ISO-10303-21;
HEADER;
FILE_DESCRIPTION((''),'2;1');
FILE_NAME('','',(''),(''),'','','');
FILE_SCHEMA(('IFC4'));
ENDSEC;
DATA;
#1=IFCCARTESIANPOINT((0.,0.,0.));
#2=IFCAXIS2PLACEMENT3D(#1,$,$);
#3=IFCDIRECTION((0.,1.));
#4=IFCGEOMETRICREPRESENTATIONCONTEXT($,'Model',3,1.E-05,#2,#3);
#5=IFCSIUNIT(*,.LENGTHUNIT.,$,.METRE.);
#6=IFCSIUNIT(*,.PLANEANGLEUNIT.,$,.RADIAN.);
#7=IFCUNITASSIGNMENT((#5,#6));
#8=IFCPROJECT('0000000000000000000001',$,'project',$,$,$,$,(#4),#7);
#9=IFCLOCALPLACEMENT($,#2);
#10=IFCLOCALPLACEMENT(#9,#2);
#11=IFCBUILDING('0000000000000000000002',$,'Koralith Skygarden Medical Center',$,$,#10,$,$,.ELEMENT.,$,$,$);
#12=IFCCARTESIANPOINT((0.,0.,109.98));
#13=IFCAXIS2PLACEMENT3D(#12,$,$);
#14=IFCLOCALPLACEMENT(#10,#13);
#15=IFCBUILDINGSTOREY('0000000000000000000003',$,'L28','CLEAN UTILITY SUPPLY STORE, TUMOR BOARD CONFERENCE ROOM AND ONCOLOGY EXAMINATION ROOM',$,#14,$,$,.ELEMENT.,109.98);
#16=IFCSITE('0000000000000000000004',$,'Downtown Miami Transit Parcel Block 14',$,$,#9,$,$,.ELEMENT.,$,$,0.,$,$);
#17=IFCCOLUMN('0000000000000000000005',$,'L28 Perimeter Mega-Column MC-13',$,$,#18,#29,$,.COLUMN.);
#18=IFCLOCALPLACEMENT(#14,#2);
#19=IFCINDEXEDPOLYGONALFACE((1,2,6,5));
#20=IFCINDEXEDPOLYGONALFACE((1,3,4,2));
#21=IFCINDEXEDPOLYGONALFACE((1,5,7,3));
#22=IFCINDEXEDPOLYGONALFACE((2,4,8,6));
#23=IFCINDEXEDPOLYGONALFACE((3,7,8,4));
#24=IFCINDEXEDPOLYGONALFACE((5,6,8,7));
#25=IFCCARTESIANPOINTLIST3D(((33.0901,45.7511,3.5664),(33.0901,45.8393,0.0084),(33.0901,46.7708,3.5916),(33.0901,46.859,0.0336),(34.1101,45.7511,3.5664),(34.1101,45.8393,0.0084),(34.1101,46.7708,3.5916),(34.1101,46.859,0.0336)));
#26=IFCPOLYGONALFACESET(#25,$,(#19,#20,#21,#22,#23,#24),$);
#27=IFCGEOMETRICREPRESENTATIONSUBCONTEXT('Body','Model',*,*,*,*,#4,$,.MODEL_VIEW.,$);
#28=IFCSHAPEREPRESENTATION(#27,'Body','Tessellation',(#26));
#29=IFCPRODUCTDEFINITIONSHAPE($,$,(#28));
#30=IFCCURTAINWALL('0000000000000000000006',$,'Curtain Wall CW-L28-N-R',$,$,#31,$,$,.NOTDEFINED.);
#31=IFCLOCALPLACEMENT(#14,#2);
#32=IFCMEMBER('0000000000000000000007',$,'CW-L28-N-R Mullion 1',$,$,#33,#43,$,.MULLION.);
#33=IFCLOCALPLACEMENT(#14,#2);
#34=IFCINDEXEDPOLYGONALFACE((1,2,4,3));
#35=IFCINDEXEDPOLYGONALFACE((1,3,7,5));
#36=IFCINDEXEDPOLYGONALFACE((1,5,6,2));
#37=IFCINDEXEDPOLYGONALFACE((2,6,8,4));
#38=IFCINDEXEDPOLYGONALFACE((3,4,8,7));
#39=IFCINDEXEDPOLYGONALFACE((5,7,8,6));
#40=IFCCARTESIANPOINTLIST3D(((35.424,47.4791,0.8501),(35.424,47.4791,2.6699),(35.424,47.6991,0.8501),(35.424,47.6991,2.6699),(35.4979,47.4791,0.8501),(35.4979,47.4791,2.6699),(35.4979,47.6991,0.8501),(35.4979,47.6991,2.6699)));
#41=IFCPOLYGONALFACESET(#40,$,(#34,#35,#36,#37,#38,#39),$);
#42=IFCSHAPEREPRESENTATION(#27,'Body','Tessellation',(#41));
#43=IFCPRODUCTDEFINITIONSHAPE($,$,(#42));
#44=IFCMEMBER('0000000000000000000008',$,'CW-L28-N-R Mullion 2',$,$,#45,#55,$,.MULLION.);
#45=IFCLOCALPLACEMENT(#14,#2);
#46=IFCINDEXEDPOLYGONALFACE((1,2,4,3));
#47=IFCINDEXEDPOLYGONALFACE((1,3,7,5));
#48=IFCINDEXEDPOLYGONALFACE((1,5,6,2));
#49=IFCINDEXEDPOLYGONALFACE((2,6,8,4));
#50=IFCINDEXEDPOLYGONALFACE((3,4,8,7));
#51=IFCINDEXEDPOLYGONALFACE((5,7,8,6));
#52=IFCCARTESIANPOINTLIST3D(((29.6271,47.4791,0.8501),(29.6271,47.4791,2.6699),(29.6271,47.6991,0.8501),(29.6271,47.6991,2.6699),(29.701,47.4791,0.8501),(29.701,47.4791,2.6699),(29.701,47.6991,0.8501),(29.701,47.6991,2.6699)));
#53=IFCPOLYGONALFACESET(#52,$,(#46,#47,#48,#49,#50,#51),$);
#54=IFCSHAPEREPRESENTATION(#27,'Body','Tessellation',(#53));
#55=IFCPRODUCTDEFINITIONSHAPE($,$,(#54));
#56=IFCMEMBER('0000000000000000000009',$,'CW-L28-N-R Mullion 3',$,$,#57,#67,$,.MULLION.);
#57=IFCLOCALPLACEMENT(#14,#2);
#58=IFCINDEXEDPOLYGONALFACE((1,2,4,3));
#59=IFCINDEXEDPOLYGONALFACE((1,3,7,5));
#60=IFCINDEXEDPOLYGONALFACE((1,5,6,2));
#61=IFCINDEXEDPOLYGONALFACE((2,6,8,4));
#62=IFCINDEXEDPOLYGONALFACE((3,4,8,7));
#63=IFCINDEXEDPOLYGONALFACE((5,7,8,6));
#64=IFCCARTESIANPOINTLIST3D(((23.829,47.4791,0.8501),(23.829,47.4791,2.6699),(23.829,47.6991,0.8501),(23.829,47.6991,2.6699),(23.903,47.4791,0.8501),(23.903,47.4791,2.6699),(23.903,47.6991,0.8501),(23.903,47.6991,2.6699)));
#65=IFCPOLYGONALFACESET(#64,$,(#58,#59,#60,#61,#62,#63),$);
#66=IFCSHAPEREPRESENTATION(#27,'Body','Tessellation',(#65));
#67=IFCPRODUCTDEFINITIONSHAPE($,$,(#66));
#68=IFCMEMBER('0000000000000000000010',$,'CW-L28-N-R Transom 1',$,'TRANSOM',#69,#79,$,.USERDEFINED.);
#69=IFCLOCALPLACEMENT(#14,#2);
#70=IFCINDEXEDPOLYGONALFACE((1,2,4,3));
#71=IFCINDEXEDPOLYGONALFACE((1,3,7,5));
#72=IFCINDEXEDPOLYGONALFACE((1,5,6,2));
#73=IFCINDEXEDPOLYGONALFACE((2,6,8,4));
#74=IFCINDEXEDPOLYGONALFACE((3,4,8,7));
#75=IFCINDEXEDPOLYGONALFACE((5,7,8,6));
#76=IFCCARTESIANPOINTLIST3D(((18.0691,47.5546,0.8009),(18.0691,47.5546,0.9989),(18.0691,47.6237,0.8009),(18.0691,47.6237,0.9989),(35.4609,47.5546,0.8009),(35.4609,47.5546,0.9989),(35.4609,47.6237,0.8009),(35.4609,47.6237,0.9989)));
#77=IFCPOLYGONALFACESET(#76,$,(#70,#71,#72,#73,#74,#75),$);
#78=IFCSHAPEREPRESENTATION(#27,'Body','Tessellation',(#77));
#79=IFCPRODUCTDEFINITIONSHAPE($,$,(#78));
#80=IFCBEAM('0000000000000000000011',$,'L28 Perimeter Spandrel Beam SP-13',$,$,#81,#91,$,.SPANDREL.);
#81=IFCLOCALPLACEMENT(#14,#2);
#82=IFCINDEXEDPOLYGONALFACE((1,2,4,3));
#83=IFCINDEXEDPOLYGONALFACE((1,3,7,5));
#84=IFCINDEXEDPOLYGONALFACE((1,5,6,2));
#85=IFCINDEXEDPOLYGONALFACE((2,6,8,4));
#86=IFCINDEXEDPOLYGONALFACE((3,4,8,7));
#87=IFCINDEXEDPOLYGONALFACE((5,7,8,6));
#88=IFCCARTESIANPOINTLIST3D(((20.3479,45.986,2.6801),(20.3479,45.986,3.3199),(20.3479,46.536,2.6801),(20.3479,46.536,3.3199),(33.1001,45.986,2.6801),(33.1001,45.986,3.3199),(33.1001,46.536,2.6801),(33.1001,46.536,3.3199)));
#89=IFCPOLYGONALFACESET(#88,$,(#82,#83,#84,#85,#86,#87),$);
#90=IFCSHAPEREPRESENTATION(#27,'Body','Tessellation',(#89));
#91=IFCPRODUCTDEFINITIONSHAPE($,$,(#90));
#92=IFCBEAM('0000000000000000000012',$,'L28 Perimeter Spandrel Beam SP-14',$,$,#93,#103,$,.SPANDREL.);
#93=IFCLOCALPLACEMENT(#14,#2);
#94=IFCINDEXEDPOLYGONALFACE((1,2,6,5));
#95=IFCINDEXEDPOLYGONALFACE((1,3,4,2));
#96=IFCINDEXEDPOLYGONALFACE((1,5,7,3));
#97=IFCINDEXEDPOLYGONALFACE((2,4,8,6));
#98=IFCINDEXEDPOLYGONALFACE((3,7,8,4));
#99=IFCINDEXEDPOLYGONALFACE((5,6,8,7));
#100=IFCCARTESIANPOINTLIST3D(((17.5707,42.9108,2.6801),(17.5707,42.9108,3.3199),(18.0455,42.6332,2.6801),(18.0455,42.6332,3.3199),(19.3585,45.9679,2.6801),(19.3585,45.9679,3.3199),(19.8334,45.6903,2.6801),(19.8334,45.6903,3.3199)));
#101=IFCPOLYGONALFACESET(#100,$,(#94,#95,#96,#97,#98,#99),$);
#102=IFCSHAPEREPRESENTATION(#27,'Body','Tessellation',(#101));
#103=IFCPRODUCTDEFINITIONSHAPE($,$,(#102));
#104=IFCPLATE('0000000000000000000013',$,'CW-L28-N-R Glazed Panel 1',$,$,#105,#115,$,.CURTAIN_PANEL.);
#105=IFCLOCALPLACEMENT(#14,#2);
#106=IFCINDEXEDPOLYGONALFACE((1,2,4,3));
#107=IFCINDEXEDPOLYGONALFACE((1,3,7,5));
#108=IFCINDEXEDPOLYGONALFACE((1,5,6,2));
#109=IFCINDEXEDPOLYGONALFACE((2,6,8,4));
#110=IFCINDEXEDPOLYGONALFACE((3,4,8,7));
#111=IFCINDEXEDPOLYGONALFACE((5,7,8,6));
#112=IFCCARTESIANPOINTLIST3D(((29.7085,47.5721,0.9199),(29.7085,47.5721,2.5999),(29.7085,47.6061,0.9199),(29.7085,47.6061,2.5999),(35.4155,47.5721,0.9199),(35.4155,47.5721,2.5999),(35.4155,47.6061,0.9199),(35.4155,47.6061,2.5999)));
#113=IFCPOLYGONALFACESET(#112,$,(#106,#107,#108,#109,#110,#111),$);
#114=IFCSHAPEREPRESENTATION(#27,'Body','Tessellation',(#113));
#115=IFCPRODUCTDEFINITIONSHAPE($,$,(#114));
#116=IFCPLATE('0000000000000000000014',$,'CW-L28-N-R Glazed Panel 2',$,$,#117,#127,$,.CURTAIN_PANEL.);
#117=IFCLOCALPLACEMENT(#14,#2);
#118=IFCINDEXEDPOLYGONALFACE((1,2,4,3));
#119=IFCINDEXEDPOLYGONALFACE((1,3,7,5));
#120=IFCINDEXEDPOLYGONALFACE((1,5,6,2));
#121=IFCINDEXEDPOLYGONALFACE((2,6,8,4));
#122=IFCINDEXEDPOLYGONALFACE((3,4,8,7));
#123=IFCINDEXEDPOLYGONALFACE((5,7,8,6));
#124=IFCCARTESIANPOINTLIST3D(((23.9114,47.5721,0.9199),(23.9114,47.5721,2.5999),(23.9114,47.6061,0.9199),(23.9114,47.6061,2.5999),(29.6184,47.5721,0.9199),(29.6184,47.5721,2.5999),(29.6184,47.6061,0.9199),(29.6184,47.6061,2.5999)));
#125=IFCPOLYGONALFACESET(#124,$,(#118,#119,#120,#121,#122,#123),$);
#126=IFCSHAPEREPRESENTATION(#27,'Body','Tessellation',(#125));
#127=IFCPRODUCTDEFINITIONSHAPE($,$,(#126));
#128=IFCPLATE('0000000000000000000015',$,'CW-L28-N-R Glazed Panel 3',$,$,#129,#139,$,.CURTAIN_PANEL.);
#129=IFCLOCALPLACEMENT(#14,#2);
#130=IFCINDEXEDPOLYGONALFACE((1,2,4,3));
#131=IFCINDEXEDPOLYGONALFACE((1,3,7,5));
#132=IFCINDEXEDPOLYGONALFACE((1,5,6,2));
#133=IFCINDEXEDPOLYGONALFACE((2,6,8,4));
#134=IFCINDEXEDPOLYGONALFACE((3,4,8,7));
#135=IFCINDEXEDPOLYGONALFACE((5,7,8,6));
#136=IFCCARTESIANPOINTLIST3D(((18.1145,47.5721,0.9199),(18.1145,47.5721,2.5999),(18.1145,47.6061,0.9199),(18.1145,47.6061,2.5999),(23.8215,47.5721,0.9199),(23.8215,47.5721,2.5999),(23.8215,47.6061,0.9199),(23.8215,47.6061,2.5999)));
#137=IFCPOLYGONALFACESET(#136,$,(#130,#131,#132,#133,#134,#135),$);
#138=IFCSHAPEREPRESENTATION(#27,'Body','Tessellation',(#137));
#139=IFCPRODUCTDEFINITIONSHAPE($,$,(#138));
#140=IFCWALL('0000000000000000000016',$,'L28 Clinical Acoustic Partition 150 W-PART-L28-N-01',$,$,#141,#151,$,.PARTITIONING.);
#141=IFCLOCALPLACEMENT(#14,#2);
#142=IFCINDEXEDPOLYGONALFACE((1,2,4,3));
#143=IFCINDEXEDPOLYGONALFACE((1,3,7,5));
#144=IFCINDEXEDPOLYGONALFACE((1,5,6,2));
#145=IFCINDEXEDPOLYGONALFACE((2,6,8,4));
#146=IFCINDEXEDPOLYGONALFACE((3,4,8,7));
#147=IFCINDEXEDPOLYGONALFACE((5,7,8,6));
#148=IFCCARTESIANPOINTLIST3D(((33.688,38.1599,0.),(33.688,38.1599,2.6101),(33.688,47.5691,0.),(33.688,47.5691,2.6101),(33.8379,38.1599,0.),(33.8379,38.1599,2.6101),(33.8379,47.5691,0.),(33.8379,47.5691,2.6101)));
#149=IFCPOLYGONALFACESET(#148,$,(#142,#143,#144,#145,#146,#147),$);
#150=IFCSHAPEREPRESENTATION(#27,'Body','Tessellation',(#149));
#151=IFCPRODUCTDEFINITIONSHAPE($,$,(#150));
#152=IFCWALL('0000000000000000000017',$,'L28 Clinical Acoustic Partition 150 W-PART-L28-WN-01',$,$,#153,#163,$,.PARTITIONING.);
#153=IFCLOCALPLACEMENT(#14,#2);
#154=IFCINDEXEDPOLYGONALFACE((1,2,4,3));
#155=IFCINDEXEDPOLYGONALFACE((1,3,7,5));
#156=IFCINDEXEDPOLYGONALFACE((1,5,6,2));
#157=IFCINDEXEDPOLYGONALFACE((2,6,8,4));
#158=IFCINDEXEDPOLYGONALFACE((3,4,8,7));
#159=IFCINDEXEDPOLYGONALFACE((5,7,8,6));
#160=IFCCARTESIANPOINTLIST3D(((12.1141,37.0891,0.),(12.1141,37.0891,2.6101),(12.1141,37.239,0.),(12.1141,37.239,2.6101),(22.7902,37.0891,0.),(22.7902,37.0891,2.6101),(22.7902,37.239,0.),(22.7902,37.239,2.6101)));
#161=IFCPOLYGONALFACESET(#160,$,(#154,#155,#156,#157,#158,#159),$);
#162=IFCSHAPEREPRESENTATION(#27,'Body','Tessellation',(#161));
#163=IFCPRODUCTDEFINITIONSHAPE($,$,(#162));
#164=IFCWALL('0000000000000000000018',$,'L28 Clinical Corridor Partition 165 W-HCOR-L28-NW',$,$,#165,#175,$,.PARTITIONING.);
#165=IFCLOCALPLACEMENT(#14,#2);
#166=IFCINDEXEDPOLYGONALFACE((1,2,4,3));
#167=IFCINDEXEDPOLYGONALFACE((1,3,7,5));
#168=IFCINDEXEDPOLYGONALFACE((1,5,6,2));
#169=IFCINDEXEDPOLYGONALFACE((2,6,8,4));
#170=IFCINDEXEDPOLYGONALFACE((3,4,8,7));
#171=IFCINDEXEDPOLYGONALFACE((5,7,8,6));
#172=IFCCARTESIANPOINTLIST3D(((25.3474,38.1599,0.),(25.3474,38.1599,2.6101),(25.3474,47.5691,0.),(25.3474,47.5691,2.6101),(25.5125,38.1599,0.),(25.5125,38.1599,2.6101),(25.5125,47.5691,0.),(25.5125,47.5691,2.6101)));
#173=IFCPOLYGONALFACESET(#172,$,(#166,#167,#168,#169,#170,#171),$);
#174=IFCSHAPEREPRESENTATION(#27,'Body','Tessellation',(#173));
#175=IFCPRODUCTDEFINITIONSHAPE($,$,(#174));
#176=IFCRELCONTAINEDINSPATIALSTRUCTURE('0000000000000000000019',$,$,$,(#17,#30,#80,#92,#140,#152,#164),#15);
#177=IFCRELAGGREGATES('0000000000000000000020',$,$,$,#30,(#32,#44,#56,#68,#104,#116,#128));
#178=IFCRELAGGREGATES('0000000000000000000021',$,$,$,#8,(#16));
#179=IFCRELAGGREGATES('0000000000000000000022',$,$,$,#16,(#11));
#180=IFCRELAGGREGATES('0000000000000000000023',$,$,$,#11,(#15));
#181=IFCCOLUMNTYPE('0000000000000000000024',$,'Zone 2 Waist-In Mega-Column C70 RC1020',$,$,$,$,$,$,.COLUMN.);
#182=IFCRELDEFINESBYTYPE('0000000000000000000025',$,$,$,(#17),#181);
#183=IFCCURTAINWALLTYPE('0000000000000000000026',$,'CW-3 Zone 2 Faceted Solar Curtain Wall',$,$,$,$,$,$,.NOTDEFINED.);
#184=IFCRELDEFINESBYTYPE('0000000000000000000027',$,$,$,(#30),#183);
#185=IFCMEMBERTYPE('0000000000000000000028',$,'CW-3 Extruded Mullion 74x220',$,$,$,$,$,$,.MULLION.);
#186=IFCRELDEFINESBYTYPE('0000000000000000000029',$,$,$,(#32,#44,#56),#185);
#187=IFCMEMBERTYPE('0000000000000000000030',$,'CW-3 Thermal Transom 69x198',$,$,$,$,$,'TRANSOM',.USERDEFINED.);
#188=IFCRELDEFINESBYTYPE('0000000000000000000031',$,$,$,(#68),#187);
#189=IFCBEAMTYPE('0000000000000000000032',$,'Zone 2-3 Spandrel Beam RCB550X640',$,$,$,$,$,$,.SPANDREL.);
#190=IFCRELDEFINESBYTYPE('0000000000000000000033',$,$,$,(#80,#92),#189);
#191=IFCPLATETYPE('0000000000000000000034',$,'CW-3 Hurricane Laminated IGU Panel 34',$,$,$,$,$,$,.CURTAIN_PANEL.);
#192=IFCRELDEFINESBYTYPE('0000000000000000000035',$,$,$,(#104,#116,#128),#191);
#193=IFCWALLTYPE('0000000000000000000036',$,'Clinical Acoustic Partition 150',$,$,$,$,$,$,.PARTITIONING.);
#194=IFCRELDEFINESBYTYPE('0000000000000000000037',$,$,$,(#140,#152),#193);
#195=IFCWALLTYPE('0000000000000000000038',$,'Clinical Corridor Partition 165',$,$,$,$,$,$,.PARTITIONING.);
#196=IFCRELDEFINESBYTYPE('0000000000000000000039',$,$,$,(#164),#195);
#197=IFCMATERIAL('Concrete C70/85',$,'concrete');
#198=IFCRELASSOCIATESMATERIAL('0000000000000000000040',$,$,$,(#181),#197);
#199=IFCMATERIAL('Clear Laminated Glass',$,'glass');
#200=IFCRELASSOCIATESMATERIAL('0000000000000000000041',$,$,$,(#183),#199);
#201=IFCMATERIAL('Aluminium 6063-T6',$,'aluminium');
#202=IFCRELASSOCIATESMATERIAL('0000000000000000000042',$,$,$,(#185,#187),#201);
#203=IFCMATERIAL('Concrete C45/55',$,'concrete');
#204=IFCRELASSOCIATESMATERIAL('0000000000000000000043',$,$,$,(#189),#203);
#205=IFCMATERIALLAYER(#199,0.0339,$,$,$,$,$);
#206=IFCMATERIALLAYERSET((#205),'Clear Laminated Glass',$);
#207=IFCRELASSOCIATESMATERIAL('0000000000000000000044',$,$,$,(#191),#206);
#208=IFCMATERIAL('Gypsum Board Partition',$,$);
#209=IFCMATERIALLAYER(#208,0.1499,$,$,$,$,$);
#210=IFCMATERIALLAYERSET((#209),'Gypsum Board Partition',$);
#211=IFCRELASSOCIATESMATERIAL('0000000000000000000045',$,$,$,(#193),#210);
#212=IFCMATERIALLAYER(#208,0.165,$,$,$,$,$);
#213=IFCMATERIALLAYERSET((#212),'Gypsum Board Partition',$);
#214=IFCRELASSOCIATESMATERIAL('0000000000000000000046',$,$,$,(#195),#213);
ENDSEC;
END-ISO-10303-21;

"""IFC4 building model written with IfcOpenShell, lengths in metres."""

from ifc_helpers import new_model, si_unit, direction, frame, frame_2d, origin, origin_2d, place, context, subcontext, project, spatial, rectangle, extrude, material, layer, layer_set, material_profile, profile_set, type_object, element, aggregate, save


model = new_model("IFC4")

# Units and contexts
model_context = context("Model", 3, precision=1e-05, world=origin(), true_north=direction((0.0, 1.0)))
body_context = subcontext(model_context, "Body", "Model", "MODEL_VIEW")
ifc_project = project(units=[si_unit("LENGTHUNIT", "METRE"), si_unit("PLANEANGLEUNIT", "RADIAN")], contexts=[model_context])

# Site, building, storey
site_placement = place(None, origin())
site = spatial("IfcSite", under=ifc_project, at=site_placement, Name="Downtown Miami Transit Parcel Block 14", CompositionType="ELEMENT", RefElevation=0.0)
building_placement = place(site_placement, origin())
building = spatial("IfcBuilding", under=site, at=building_placement, Name="Koralith Skygarden Medical Center", CompositionType="ELEMENT")
storey_placement = place(building_placement, frame((0.0, 0.0, 109.98)))
storey = spatial("IfcBuildingStorey", under=building, at=storey_placement, Name="L28", Description="CLEAN UTILITY SUPPLY STORE, TUMOR BOARD CONFERENCE ROOM AND ONCOLOGY EXAMINATION ROOM", CompositionType="ELEMENT", Elevation=109.98)

# Column
ifc_material_1 = material(Name="Concrete C70/85", Category="concrete")
ifc_material_profile_1 = material_profile(ifc_material_1, rectangle(XDim=1.02, YDim=1.02, at=origin_2d()), Name="RC1020X1020")
ifc_profile_set_1 = profile_set([ifc_material_profile_1], Name="Concrete C70/85")
column_type = type_object("IfcColumnType", Name="Zone 2 Waist-In Mega-Column C70 RC1020", PredefinedType="COLUMN", material=ifc_profile_set_1)
column_placement = place(storey_placement, frame((33.6001, 46.3491, 0.021), z_axis=(0.0, -0.024763, 0.999693), x_axis=(1.0, 0.0, 0.0)))
element("IfcColumn", 1, at=column_placement, inside=storey, type_object=column_type, Name="L28 Perimeter Mega-Column MC-13", PredefinedType="COLUMN", context=body_context, shape_type="SweptSolid", body=[
    extrude(rectangle(XDim=1.02, YDim=1.02, at=origin_2d()), origin(), (0.0, 0.0, 1.0), 3.5591),
])

# Curtain wall, members
ifc_material_2 = material(Name="Clear Laminated Glass", Category="glass")
curtain_wall_type = type_object("IfcCurtainWallType", Name="CW-3 Zone 2 Faceted Solar Curtain Wall", PredefinedType="NOTDEFINED", material=ifc_material_2)
curtain_wall_placement = place(storey_placement, origin())
curtain_wall = element("IfcCurtainWall", 2, at=curtain_wall_placement, inside=storey, type_object=curtain_wall_type, Name="Curtain Wall CW-L28-N-R", PredefinedType="NOTDEFINED")
ifc_material_3 = material(Name="Aluminium 6063-T6", Category="aluminium")
ifc_material_profile_2 = material_profile(ifc_material_3, rectangle(XDim=0.074, YDim=0.22, at=origin_2d()), Name="MUL74X220")
ifc_profile_set_2 = profile_set([ifc_material_profile_2], Name="Aluminium 6063-T6")
member_type_1 = type_object("IfcMemberType", Name="CW-3 Extruded Mullion 74x220", PredefinedType="MULLION", material=ifc_profile_set_2)
member_1_placement = place(storey_placement, frame((35.4609, 47.5891, 0.8501), z_axis=(0.0, 0.0, 1.0), x_axis=(1.0, 0.0, 0.0)))
member_1 = element("IfcMember", 3, at=member_1_placement, type_object=member_type_1, Name="CW-L28-N-R Mullion 1", PredefinedType="MULLION", context=body_context, shape_type="SweptSolid", body=[
    extrude(rectangle(XDim=0.074, YDim=0.22, at=origin_2d()), origin(), (0.0, 0.0, 1.0), 1.8198),
])
member_2_placement = place(storey_placement, frame((29.6641, 47.5891, 0.8501), z_axis=(0.0, 0.0, 1.0), x_axis=(1.0, 0.0, 0.0)))
member_2 = element("IfcMember", 4, at=member_2_placement, type_object=member_type_1, Name="CW-L28-N-R Mullion 2", PredefinedType="MULLION", context=body_context, shape_type="SweptSolid", body=[
    extrude(rectangle(XDim=0.074, YDim=0.22, at=origin_2d()), origin(), (0.0, 0.0, 1.0), 1.8198),
])
member_3_placement = place(storey_placement, frame((23.866, 47.5891, 0.8501), z_axis=(0.0, 0.0, 1.0), x_axis=(1.0, 0.0, 0.0)))
member_3 = element("IfcMember", 5, at=member_3_placement, type_object=member_type_1, Name="CW-L28-N-R Mullion 3", PredefinedType="MULLION", context=body_context, shape_type="SweptSolid", body=[
    extrude(rectangle(XDim=0.074, YDim=0.22, at=origin_2d()), origin(), (0.0, 0.0, 1.0), 1.8198),
])
ifc_material_profile_3 = material_profile(ifc_material_3, rectangle(XDim=0.0691, YDim=0.198, at=origin_2d()), Name="TRN69X198")
ifc_profile_set_3 = profile_set([ifc_material_profile_3], Name="Aluminium 6063-T6")
member_type_2 = type_object("IfcMemberType", Name="CW-3 Thermal Transom 69x198", ElementType="TRANSOM", PredefinedType="USERDEFINED", material=ifc_profile_set_3)
member_4_placement = place(storey_placement, frame((35.4609, 47.5891, 0.8999), z_axis=(-1.0, 0.0, 0.0), x_axis=(0.0, -1.0, 0.0)))
member_4 = element("IfcMember", 6, at=member_4_placement, type_object=member_type_2, Name="CW-L28-N-R Transom 1", ObjectType="TRANSOM", PredefinedType="USERDEFINED", context=body_context, shape_type="SweptSolid", body=[
    extrude(rectangle(XDim=0.0691, YDim=0.198, at=origin_2d()), origin(), (0.0, 0.0, 1.0), 17.3918),
])

# Beams
ifc_material_4 = material(Name="Concrete C45/55", Category="concrete")
ifc_material_profile_4 = material_profile(ifc_material_4, rectangle(XDim=0.55, YDim=0.6399, at=origin_2d()), Name="RCB550X640")
ifc_profile_set_4 = profile_set([ifc_material_profile_4], Name="Concrete C45/55")
beam_type = type_object("IfcBeamType", Name="Zone 2-3 Spandrel Beam RCB550X640", PredefinedType="SPANDREL", material=ifc_profile_set_4)
beam_1_placement = place(storey_placement, frame((33.1001, 46.261, 3.0), z_axis=(-1.0, 0.0, 0.0), x_axis=(0.0, -1.0, 0.0)))
element("IfcBeam", 7, at=beam_1_placement, inside=storey, type_object=beam_type, Name="L28 Perimeter Spandrel Beam SP-13", PredefinedType="SPANDREL", context=body_context, shape_type="SweptSolid", body=[
    extrude(rectangle(XDim=0.55, YDim=0.6399, at=origin_2d()), origin(), (0.0, 0.0, 1.0), 12.7522),
])
beam_2_placement = place(storey_placement, frame((19.5959, 45.8291, 3.0), z_axis=(-0.504822, -0.863223, 0.0), x_axis=(0.863223, -0.504822, 0.0)))
element("IfcBeam", 8, at=beam_2_placement, inside=storey, type_object=beam_type, Name="L28 Perimeter Spandrel Beam SP-14", PredefinedType="SPANDREL", context=body_context, shape_type="SweptSolid", body=[
    extrude(rectangle(XDim=0.55, YDim=0.6399, at=origin_2d()), origin(), (0.0, 0.0, 1.0), 3.5415),
])

# Plates
ifc_layer_1 = layer(ifc_material_2, 0.0339)
ifc_layer_set_1 = layer_set([ifc_layer_1], Name="Clear Laminated Glass")
plate_type = type_object("IfcPlateType", Name="CW-3 Hurricane Laminated IGU Panel 34", PredefinedType="CURTAIN_PANEL", material=ifc_layer_set_1)
plate_1_placement = place(storey_placement, frame((32.562, 47.5891, 0.9199), z_axis=(0.0, 0.0, 1.0), x_axis=(-1.0, 0.0, 0.0)))
plate_1 = element("IfcPlate", 9, at=plate_1_placement, type_object=plate_type, Name="CW-L28-N-R Glazed Panel 1", PredefinedType="CURTAIN_PANEL", context=body_context, shape_type="SweptSolid", body=[
    extrude(rectangle(XDim=5.707, YDim=0.0339, at=origin_2d()), origin(), (0.0, 0.0, 1.0), 1.6799),
])
plate_2_placement = place(storey_placement, frame((26.7649, 47.5891, 0.9199), z_axis=(0.0, 0.0, 1.0), x_axis=(-1.0, 0.0, 0.0)))
plate_2 = element("IfcPlate", 10, at=plate_2_placement, type_object=plate_type, Name="CW-L28-N-R Glazed Panel 2", PredefinedType="CURTAIN_PANEL", context=body_context, shape_type="SweptSolid", body=[
    extrude(rectangle(XDim=5.707, YDim=0.0339, at=origin_2d()), origin(), (0.0, 0.0, 1.0), 1.6799),
])
plate_3_placement = place(storey_placement, frame((20.968, 47.5891, 0.9199), z_axis=(0.0, 0.0, 1.0), x_axis=(-1.0, 0.0, 0.0)))
plate_3 = element("IfcPlate", 11, at=plate_3_placement, type_object=plate_type, Name="CW-L28-N-R Glazed Panel 3", PredefinedType="CURTAIN_PANEL", context=body_context, shape_type="SweptSolid", body=[
    extrude(rectangle(XDim=5.707, YDim=0.0339, at=origin_2d()), origin(), (0.0, 0.0, 1.0), 1.6799),
])
aggregate(curtain_wall, [member_1, member_2, member_3, member_4, plate_1, plate_2, plate_3])

# Walls
ifc_material_5 = material(Name="Gypsum Board Partition")
ifc_layer_2 = layer(ifc_material_5, 0.1499)
ifc_layer_set_2 = layer_set([ifc_layer_2], Name="Gypsum Board Partition")
wall_type_1 = type_object("IfcWallType", Name="Clinical Acoustic Partition 150", PredefinedType="PARTITIONING", material=ifc_layer_set_2)
wall_1_placement = place(storey_placement, frame((33.7629, 38.1599, 0.0), z_axis=(0.0, 0.0, 1.0), x_axis=(0.0, 1.0, 0.0)))
element("IfcWall", 12, at=wall_1_placement, inside=storey, type_object=wall_type_1, Name="L28 Clinical Acoustic Partition 150 W-PART-L28-N-01", PredefinedType="PARTITIONING", context=body_context, shape_type="SweptSolid", body=[
    extrude(rectangle(XDim=9.4092, YDim=0.1499, at=frame_2d((4.7046, 0.0))), origin(), (0.0, 0.0, 1.0), 2.6101),
])
wall_2_placement = place(storey_placement, frame((22.79, 37.1641, 0.0), z_axis=(0.0, 0.0, 1.0), x_axis=(-1.0, 0.0, 0.0)))
element("IfcWall", 13, at=wall_2_placement, inside=storey, type_object=wall_type_1, Name="L28 Clinical Acoustic Partition 150 W-PART-L28-WN-01", PredefinedType="PARTITIONING", context=body_context, shape_type="SweptSolid", body=[
    extrude(rectangle(XDim=10.676, YDim=0.1499, at=frame_2d((5.3379, 0.0))), origin(), (0.0, 0.0, 1.0), 2.6101),
])
ifc_layer_3 = layer(ifc_material_5, 0.165)
ifc_layer_set_3 = layer_set([ifc_layer_3], Name="Gypsum Board Partition")
wall_type_2 = type_object("IfcWallType", Name="Clinical Corridor Partition 165", PredefinedType="PARTITIONING", material=ifc_layer_set_3)
wall_3_placement = place(storey_placement, frame((25.4299, 38.1599, 0.0), z_axis=(0.0, 0.0, 1.0), x_axis=(0.0, 1.0, 0.0)))
element("IfcWall", 14, at=wall_3_placement, inside=storey, type_object=wall_type_2, Name="L28 Clinical Corridor Partition 165 W-HCOR-L28-NW", PredefinedType="PARTITIONING", context=body_context, shape_type="SweptSolid", body=[
    extrude(rectangle(XDim=9.4092, YDim=0.165, at=frame_2d((4.7046, 0.0))), origin(), (0.0, 0.0, 1.0), 2.6101),
])

save(model, "model.ifc")
